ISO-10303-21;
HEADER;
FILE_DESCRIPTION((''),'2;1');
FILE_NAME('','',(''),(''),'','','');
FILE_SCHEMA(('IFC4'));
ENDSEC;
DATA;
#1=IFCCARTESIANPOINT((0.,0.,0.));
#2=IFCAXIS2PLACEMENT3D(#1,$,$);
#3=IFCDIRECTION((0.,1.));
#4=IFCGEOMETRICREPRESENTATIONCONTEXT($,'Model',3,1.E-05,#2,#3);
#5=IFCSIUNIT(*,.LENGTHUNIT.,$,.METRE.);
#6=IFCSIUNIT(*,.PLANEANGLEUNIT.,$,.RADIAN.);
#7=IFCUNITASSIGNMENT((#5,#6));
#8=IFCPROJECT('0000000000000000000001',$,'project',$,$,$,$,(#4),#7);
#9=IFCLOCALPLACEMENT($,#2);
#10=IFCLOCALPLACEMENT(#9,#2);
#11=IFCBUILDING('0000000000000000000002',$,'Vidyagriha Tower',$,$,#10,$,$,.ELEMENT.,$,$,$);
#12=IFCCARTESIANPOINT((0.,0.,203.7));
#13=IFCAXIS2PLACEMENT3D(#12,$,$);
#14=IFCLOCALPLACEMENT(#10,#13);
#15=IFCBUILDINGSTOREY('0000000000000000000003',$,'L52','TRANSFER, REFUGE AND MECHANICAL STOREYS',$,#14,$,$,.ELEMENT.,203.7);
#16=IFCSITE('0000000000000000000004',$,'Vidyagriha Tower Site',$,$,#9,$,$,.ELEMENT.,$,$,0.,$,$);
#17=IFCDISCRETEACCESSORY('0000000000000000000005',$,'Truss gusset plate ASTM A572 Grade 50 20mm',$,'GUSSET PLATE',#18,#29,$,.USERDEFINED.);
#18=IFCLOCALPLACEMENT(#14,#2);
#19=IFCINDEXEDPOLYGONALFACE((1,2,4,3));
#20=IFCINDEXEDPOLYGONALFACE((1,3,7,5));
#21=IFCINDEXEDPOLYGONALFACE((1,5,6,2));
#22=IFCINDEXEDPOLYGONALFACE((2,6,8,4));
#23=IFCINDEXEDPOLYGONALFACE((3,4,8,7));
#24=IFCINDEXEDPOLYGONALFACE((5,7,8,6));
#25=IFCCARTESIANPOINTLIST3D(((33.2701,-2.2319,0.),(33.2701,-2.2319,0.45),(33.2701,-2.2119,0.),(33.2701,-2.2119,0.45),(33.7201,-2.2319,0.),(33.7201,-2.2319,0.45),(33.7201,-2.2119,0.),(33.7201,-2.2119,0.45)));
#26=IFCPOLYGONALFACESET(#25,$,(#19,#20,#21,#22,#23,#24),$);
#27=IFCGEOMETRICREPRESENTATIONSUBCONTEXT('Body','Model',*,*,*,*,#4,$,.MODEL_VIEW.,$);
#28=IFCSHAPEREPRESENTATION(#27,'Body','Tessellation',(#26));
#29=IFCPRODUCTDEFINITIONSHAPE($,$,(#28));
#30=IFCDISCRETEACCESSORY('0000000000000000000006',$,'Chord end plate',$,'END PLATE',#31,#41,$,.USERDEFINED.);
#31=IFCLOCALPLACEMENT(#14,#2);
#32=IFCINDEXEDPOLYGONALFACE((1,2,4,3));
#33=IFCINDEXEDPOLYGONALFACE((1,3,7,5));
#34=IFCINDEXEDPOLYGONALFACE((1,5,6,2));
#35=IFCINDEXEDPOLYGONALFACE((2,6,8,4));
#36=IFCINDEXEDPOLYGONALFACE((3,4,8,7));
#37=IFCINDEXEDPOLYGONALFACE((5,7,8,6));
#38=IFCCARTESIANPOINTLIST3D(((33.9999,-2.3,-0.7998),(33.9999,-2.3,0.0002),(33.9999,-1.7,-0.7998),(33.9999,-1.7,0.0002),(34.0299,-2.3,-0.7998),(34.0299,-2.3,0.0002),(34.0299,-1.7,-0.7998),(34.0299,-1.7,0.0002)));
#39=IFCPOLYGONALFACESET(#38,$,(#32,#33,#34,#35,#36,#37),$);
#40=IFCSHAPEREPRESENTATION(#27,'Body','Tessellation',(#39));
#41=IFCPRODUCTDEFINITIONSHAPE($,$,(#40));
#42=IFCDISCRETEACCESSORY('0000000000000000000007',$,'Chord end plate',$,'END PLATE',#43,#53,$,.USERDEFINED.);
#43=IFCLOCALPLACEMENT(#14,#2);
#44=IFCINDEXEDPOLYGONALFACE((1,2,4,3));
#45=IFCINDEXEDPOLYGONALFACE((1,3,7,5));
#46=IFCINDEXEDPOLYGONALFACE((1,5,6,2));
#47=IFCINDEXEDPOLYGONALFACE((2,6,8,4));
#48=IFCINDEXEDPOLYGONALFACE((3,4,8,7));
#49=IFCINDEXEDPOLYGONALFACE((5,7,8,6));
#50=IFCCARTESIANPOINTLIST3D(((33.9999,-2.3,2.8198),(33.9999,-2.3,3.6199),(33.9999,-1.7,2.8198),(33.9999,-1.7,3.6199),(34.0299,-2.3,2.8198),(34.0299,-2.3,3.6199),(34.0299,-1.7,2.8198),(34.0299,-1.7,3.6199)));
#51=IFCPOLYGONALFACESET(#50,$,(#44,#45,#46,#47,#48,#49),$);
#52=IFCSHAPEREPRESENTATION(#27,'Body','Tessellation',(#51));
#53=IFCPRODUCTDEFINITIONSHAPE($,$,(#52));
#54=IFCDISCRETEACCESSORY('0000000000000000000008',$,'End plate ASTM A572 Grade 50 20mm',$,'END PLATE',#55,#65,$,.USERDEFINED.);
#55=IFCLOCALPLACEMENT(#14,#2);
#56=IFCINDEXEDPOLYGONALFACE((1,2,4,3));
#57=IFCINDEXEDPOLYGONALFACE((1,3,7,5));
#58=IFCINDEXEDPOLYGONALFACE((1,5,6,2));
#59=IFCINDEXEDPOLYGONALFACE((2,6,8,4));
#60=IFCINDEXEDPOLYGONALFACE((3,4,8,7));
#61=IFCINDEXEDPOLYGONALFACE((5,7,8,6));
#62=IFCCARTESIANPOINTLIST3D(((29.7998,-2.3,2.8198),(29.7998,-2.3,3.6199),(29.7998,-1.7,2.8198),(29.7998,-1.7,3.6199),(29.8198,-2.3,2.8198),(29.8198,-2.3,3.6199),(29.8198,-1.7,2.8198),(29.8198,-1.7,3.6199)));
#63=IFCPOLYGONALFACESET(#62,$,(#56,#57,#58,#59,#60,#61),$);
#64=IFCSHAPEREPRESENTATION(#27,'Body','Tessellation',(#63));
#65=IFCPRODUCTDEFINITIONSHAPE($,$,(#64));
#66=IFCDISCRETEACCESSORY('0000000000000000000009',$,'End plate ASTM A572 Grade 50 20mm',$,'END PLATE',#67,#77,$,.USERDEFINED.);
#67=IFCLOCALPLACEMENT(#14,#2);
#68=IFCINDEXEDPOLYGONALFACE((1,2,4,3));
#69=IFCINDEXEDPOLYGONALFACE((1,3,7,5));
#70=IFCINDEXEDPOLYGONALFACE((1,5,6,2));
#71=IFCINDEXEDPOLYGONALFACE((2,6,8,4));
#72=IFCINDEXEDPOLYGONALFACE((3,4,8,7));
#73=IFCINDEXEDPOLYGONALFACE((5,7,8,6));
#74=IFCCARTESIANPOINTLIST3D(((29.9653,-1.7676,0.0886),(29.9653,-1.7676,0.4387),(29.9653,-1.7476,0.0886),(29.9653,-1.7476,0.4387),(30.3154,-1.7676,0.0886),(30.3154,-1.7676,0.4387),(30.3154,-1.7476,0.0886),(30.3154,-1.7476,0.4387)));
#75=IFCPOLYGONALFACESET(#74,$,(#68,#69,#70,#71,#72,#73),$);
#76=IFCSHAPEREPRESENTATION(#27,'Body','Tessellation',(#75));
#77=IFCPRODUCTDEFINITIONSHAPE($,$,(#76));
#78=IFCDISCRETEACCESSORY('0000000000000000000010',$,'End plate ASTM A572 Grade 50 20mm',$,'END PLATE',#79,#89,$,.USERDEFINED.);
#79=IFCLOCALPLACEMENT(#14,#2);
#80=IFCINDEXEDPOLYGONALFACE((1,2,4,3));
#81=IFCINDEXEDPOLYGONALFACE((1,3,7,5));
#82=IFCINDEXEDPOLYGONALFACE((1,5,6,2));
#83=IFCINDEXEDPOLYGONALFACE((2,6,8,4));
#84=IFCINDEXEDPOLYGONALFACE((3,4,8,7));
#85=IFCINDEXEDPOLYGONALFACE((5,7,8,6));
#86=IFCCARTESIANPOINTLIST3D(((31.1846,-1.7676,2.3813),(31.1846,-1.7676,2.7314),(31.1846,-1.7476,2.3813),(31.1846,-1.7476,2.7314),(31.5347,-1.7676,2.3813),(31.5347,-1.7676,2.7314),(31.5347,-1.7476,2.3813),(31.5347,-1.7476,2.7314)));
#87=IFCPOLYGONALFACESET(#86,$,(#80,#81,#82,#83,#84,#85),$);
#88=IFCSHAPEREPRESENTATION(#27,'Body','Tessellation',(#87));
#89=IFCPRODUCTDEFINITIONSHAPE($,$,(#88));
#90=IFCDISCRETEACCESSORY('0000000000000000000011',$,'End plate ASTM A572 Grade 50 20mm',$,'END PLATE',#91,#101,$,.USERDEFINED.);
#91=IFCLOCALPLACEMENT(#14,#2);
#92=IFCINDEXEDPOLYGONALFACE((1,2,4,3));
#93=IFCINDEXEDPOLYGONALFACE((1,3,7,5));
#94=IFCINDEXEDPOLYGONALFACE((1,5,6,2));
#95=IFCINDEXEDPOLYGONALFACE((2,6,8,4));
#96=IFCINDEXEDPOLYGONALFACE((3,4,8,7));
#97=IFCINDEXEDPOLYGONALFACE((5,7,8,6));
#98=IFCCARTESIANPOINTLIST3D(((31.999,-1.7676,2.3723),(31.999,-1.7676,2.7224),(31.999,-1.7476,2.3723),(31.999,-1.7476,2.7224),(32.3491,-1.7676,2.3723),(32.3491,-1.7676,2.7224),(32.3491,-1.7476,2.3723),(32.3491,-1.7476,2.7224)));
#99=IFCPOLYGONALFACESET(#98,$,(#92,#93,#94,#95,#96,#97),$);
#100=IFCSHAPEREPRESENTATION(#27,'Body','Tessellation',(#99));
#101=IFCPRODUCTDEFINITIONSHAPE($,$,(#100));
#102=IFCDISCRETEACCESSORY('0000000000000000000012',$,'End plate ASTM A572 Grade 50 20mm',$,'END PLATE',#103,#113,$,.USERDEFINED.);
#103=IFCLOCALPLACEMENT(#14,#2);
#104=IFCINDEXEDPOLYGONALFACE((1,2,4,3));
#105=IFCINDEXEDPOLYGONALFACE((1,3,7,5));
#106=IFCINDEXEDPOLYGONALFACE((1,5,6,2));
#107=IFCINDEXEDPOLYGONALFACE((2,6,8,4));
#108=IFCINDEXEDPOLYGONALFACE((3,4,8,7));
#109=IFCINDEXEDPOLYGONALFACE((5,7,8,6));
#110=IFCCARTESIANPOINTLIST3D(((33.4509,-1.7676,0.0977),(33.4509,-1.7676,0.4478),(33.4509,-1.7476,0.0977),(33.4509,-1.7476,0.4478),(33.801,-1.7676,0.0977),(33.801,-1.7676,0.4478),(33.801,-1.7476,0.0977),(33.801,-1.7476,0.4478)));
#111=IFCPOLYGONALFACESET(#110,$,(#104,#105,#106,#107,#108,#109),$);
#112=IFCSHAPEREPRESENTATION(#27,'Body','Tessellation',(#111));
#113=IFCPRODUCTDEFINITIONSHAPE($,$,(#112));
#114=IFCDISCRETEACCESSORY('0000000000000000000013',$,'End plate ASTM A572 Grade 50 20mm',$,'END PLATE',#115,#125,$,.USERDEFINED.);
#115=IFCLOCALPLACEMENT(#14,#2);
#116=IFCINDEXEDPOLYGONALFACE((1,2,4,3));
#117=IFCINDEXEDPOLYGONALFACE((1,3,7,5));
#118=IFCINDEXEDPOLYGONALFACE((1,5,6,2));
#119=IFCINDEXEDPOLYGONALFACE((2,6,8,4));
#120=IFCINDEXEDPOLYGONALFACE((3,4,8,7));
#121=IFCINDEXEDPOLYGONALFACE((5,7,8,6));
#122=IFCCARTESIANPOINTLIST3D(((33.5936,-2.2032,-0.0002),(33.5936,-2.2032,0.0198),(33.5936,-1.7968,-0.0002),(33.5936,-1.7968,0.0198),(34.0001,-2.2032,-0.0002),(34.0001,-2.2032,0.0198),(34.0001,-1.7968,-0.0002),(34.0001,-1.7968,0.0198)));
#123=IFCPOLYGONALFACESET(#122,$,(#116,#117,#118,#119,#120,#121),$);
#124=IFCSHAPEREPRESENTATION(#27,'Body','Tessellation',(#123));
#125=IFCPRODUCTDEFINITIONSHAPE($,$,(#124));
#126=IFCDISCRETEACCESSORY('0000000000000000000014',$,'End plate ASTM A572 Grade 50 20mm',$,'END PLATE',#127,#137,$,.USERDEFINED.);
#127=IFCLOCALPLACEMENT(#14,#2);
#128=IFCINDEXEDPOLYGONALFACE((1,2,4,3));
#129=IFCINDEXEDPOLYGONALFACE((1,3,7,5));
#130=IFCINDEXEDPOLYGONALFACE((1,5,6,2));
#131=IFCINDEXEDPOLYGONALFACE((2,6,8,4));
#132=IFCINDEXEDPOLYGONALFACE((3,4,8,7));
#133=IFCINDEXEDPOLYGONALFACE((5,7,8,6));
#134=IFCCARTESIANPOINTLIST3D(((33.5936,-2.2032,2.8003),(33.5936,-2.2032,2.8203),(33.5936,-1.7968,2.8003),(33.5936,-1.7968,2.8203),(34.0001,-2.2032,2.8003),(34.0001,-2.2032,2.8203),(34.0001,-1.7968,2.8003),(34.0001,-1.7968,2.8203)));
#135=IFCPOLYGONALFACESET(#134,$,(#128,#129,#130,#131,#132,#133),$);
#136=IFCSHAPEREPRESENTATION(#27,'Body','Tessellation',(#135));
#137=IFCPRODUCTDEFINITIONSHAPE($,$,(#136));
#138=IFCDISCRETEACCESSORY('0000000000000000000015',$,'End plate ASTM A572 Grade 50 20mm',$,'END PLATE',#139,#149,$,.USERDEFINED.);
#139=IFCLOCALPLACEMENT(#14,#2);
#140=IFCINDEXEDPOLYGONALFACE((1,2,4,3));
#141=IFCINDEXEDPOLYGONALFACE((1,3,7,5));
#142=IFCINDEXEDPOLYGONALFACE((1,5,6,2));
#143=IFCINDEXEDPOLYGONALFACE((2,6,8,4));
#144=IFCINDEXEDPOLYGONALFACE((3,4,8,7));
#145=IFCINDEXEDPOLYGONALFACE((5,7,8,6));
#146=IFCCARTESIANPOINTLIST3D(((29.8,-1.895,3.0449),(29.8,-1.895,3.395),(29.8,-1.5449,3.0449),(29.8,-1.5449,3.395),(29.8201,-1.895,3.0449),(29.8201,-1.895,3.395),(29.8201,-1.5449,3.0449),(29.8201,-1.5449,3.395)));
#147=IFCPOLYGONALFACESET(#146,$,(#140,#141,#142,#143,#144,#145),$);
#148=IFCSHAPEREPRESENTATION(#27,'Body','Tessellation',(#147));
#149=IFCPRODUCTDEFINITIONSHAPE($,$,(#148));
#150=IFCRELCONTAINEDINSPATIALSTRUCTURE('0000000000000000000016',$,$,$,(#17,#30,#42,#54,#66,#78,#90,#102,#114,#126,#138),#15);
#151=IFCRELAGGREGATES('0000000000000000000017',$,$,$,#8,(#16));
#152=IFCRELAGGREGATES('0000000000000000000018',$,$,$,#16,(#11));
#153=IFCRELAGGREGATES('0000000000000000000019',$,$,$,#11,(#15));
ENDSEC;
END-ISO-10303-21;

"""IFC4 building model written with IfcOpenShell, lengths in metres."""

from ifc_helpers import new_model, si_unit, direction, frame, origin, origin_2d, place, context, subcontext, project, spatial, rectangle, extrude, element, save


model = new_model("IFC4")

# Units and contexts
model_context = context("Model", 3, precision=1e-05, world=origin(), true_north=direction((0.0, 1.0)))
body_context = subcontext(model_context, "Body", "Model", "MODEL_VIEW")
ifc_project = project(units=[si_unit("LENGTHUNIT", "METRE"), si_unit("PLANEANGLEUNIT", "RADIAN")], contexts=[model_context])

# Site, building, storey
site_placement = place(None, origin())
site = spatial("IfcSite", under=ifc_project, at=site_placement, Name="Vidyagriha Tower Site", CompositionType="ELEMENT", RefElevation=0.0)
building_placement = place(site_placement, origin())
building = spatial("IfcBuilding", under=site, at=building_placement, Name="Vidyagriha Tower", CompositionType="ELEMENT")
storey_placement = place(building_placement, frame((0.0, 0.0, 203.7)))
storey = spatial("IfcBuildingStorey", under=building, at=storey_placement, Name="L52", Description="TRANSFER, REFUGE AND MECHANICAL STOREYS", CompositionType="ELEMENT", Elevation=203.7)

# Discrete accessories
for number, where, name in (
    (1, (33.4951, -2.2219, 0.0), "Truss gusset plate ASTM A572 Grade 50 20mm"),
):
    element("IfcDiscreteAccessory", number, at=place(storey_placement, frame(where)), inside=storey, Name=name, ObjectType="GUSSET PLATE", PredefinedType="USERDEFINED", context=body_context, shape_type="SweptSolid", body=[
        extrude(rectangle(XDim=0.45, YDim=0.02, at=origin_2d()), origin(), (0.0, 0.0, 1.0), 0.45),
    ])
for number, where, name in (
    (2, (34.0149, -2.0, -0.7998), "Chord end plate"),
    (3, (34.0149, -2.0, 2.8198), "Chord end plate"),
):
    element("IfcDiscreteAccessory", number, at=place(storey_placement, frame(where)), inside=storey, Name=name, ObjectType="END PLATE", PredefinedType="USERDEFINED", context=body_context, shape_type="SweptSolid", body=[
        extrude(rectangle(XDim=0.03, YDim=0.6001, at=origin_2d()), origin(), (0.0, 0.0, 1.0), 0.8),
    ])
discrete_accessory_1_placement = place(storey_placement, frame((29.8098, -2.0, 2.8198), z_axis=(0.0, 0.0, 1.0), x_axis=(-1.0, 0.0, 0.0)))
element("IfcDiscreteAccessory", 4, at=discrete_accessory_1_placement, inside=storey, Name="End plate ASTM A572 Grade 50 20mm", ObjectType="END PLATE", PredefinedType="USERDEFINED", context=body_context, shape_type="SweptSolid", body=[
    extrude(rectangle(XDim=0.02, YDim=0.6001, at=origin_2d()), origin(), (0.0, 0.0, 1.0), 0.8),
])
discrete_accessory_2_placement = place(storey_placement, frame((30.1404, -1.7576, 0.0886), z_axis=(0.0, 0.0, 1.0), x_axis=(-1.0, 0.0, 0.0)))
element("IfcDiscreteAccessory", 5, at=discrete_accessory_2_placement, inside=storey, Name="End plate ASTM A572 Grade 50 20mm", ObjectType="END PLATE", PredefinedType="USERDEFINED", context=body_context, shape_type="SweptSolid", body=[
    extrude(rectangle(XDim=0.3501, YDim=0.02, at=origin_2d()), origin(), (0.0, 0.0, 1.0), 0.3501),
])
discrete_accessory_3_placement = place(storey_placement, frame((31.3596, -1.7576, 2.3813)))
element("IfcDiscreteAccessory", 6, at=discrete_accessory_3_placement, inside=storey, Name="End plate ASTM A572 Grade 50 20mm", ObjectType="END PLATE", PredefinedType="USERDEFINED", context=body_context, shape_type="SweptSolid", body=[
    extrude(rectangle(XDim=0.3501, YDim=0.02, at=origin_2d()), origin(), (0.0, 0.0, 1.0), 0.3501),
])
discrete_accessory_4_placement = place(storey_placement, frame((32.1741, -1.7576, 2.3723), z_axis=(0.0, 0.0, 1.0), x_axis=(-1.0, 0.0, 0.0)))
element("IfcDiscreteAccessory", 7, at=discrete_accessory_4_placement, inside=storey, Name="End plate ASTM A572 Grade 50 20mm", ObjectType="END PLATE", PredefinedType="USERDEFINED", context=body_context, shape_type="SweptSolid", body=[
    extrude(rectangle(XDim=0.3501, YDim=0.02, at=origin_2d()), origin(), (0.0, 0.0, 1.0), 0.3501),
])
discrete_accessory_5_placement = place(storey_placement, frame((33.626, -1.7576, 0.0977)))
element("IfcDiscreteAccessory", 8, at=discrete_accessory_5_placement, inside=storey, Name="End plate ASTM A572 Grade 50 20mm", ObjectType="END PLATE", PredefinedType="USERDEFINED", context=body_context, shape_type="SweptSolid", body=[
    extrude(rectangle(XDim=0.3501, YDim=0.02, at=origin_2d()), origin(), (0.0, 0.0, 1.0), 0.3501),
])
for number, where, name in (
    (9, (33.7969, -2.0, -0.0002), "End plate ASTM A572 Grade 50 20mm"),
    (10, (33.7969, -2.0, 2.8003), "End plate ASTM A572 Grade 50 20mm"),
):
    element("IfcDiscreteAccessory", number, at=place(storey_placement, frame(where)), inside=storey, Name=name, ObjectType="END PLATE", PredefinedType="USERDEFINED", context=body_context, shape_type="SweptSolid", body=[
        extrude(rectangle(XDim=0.4065, YDim=0.4065, at=origin_2d()), origin(), (0.0, 0.0, 1.0), 0.02),
    ])
discrete_accessory_6_placement = place(storey_placement, frame((29.8101, -1.72, 3.0449), z_axis=(0.0, 0.0, 1.0), x_axis=(0.0, -1.0, 0.0)))
element("IfcDiscreteAccessory", 11, at=discrete_accessory_6_placement, inside=storey, Name="End plate ASTM A572 Grade 50 20mm", ObjectType="END PLATE", PredefinedType="USERDEFINED", context=body_context, shape_type="SweptSolid", body=[
    extrude(rectangle(XDim=0.3501, YDim=0.02, at=origin_2d()), origin(), (0.0, 0.0, 1.0), 0.3501),
])

save(model, "model.ifc")
